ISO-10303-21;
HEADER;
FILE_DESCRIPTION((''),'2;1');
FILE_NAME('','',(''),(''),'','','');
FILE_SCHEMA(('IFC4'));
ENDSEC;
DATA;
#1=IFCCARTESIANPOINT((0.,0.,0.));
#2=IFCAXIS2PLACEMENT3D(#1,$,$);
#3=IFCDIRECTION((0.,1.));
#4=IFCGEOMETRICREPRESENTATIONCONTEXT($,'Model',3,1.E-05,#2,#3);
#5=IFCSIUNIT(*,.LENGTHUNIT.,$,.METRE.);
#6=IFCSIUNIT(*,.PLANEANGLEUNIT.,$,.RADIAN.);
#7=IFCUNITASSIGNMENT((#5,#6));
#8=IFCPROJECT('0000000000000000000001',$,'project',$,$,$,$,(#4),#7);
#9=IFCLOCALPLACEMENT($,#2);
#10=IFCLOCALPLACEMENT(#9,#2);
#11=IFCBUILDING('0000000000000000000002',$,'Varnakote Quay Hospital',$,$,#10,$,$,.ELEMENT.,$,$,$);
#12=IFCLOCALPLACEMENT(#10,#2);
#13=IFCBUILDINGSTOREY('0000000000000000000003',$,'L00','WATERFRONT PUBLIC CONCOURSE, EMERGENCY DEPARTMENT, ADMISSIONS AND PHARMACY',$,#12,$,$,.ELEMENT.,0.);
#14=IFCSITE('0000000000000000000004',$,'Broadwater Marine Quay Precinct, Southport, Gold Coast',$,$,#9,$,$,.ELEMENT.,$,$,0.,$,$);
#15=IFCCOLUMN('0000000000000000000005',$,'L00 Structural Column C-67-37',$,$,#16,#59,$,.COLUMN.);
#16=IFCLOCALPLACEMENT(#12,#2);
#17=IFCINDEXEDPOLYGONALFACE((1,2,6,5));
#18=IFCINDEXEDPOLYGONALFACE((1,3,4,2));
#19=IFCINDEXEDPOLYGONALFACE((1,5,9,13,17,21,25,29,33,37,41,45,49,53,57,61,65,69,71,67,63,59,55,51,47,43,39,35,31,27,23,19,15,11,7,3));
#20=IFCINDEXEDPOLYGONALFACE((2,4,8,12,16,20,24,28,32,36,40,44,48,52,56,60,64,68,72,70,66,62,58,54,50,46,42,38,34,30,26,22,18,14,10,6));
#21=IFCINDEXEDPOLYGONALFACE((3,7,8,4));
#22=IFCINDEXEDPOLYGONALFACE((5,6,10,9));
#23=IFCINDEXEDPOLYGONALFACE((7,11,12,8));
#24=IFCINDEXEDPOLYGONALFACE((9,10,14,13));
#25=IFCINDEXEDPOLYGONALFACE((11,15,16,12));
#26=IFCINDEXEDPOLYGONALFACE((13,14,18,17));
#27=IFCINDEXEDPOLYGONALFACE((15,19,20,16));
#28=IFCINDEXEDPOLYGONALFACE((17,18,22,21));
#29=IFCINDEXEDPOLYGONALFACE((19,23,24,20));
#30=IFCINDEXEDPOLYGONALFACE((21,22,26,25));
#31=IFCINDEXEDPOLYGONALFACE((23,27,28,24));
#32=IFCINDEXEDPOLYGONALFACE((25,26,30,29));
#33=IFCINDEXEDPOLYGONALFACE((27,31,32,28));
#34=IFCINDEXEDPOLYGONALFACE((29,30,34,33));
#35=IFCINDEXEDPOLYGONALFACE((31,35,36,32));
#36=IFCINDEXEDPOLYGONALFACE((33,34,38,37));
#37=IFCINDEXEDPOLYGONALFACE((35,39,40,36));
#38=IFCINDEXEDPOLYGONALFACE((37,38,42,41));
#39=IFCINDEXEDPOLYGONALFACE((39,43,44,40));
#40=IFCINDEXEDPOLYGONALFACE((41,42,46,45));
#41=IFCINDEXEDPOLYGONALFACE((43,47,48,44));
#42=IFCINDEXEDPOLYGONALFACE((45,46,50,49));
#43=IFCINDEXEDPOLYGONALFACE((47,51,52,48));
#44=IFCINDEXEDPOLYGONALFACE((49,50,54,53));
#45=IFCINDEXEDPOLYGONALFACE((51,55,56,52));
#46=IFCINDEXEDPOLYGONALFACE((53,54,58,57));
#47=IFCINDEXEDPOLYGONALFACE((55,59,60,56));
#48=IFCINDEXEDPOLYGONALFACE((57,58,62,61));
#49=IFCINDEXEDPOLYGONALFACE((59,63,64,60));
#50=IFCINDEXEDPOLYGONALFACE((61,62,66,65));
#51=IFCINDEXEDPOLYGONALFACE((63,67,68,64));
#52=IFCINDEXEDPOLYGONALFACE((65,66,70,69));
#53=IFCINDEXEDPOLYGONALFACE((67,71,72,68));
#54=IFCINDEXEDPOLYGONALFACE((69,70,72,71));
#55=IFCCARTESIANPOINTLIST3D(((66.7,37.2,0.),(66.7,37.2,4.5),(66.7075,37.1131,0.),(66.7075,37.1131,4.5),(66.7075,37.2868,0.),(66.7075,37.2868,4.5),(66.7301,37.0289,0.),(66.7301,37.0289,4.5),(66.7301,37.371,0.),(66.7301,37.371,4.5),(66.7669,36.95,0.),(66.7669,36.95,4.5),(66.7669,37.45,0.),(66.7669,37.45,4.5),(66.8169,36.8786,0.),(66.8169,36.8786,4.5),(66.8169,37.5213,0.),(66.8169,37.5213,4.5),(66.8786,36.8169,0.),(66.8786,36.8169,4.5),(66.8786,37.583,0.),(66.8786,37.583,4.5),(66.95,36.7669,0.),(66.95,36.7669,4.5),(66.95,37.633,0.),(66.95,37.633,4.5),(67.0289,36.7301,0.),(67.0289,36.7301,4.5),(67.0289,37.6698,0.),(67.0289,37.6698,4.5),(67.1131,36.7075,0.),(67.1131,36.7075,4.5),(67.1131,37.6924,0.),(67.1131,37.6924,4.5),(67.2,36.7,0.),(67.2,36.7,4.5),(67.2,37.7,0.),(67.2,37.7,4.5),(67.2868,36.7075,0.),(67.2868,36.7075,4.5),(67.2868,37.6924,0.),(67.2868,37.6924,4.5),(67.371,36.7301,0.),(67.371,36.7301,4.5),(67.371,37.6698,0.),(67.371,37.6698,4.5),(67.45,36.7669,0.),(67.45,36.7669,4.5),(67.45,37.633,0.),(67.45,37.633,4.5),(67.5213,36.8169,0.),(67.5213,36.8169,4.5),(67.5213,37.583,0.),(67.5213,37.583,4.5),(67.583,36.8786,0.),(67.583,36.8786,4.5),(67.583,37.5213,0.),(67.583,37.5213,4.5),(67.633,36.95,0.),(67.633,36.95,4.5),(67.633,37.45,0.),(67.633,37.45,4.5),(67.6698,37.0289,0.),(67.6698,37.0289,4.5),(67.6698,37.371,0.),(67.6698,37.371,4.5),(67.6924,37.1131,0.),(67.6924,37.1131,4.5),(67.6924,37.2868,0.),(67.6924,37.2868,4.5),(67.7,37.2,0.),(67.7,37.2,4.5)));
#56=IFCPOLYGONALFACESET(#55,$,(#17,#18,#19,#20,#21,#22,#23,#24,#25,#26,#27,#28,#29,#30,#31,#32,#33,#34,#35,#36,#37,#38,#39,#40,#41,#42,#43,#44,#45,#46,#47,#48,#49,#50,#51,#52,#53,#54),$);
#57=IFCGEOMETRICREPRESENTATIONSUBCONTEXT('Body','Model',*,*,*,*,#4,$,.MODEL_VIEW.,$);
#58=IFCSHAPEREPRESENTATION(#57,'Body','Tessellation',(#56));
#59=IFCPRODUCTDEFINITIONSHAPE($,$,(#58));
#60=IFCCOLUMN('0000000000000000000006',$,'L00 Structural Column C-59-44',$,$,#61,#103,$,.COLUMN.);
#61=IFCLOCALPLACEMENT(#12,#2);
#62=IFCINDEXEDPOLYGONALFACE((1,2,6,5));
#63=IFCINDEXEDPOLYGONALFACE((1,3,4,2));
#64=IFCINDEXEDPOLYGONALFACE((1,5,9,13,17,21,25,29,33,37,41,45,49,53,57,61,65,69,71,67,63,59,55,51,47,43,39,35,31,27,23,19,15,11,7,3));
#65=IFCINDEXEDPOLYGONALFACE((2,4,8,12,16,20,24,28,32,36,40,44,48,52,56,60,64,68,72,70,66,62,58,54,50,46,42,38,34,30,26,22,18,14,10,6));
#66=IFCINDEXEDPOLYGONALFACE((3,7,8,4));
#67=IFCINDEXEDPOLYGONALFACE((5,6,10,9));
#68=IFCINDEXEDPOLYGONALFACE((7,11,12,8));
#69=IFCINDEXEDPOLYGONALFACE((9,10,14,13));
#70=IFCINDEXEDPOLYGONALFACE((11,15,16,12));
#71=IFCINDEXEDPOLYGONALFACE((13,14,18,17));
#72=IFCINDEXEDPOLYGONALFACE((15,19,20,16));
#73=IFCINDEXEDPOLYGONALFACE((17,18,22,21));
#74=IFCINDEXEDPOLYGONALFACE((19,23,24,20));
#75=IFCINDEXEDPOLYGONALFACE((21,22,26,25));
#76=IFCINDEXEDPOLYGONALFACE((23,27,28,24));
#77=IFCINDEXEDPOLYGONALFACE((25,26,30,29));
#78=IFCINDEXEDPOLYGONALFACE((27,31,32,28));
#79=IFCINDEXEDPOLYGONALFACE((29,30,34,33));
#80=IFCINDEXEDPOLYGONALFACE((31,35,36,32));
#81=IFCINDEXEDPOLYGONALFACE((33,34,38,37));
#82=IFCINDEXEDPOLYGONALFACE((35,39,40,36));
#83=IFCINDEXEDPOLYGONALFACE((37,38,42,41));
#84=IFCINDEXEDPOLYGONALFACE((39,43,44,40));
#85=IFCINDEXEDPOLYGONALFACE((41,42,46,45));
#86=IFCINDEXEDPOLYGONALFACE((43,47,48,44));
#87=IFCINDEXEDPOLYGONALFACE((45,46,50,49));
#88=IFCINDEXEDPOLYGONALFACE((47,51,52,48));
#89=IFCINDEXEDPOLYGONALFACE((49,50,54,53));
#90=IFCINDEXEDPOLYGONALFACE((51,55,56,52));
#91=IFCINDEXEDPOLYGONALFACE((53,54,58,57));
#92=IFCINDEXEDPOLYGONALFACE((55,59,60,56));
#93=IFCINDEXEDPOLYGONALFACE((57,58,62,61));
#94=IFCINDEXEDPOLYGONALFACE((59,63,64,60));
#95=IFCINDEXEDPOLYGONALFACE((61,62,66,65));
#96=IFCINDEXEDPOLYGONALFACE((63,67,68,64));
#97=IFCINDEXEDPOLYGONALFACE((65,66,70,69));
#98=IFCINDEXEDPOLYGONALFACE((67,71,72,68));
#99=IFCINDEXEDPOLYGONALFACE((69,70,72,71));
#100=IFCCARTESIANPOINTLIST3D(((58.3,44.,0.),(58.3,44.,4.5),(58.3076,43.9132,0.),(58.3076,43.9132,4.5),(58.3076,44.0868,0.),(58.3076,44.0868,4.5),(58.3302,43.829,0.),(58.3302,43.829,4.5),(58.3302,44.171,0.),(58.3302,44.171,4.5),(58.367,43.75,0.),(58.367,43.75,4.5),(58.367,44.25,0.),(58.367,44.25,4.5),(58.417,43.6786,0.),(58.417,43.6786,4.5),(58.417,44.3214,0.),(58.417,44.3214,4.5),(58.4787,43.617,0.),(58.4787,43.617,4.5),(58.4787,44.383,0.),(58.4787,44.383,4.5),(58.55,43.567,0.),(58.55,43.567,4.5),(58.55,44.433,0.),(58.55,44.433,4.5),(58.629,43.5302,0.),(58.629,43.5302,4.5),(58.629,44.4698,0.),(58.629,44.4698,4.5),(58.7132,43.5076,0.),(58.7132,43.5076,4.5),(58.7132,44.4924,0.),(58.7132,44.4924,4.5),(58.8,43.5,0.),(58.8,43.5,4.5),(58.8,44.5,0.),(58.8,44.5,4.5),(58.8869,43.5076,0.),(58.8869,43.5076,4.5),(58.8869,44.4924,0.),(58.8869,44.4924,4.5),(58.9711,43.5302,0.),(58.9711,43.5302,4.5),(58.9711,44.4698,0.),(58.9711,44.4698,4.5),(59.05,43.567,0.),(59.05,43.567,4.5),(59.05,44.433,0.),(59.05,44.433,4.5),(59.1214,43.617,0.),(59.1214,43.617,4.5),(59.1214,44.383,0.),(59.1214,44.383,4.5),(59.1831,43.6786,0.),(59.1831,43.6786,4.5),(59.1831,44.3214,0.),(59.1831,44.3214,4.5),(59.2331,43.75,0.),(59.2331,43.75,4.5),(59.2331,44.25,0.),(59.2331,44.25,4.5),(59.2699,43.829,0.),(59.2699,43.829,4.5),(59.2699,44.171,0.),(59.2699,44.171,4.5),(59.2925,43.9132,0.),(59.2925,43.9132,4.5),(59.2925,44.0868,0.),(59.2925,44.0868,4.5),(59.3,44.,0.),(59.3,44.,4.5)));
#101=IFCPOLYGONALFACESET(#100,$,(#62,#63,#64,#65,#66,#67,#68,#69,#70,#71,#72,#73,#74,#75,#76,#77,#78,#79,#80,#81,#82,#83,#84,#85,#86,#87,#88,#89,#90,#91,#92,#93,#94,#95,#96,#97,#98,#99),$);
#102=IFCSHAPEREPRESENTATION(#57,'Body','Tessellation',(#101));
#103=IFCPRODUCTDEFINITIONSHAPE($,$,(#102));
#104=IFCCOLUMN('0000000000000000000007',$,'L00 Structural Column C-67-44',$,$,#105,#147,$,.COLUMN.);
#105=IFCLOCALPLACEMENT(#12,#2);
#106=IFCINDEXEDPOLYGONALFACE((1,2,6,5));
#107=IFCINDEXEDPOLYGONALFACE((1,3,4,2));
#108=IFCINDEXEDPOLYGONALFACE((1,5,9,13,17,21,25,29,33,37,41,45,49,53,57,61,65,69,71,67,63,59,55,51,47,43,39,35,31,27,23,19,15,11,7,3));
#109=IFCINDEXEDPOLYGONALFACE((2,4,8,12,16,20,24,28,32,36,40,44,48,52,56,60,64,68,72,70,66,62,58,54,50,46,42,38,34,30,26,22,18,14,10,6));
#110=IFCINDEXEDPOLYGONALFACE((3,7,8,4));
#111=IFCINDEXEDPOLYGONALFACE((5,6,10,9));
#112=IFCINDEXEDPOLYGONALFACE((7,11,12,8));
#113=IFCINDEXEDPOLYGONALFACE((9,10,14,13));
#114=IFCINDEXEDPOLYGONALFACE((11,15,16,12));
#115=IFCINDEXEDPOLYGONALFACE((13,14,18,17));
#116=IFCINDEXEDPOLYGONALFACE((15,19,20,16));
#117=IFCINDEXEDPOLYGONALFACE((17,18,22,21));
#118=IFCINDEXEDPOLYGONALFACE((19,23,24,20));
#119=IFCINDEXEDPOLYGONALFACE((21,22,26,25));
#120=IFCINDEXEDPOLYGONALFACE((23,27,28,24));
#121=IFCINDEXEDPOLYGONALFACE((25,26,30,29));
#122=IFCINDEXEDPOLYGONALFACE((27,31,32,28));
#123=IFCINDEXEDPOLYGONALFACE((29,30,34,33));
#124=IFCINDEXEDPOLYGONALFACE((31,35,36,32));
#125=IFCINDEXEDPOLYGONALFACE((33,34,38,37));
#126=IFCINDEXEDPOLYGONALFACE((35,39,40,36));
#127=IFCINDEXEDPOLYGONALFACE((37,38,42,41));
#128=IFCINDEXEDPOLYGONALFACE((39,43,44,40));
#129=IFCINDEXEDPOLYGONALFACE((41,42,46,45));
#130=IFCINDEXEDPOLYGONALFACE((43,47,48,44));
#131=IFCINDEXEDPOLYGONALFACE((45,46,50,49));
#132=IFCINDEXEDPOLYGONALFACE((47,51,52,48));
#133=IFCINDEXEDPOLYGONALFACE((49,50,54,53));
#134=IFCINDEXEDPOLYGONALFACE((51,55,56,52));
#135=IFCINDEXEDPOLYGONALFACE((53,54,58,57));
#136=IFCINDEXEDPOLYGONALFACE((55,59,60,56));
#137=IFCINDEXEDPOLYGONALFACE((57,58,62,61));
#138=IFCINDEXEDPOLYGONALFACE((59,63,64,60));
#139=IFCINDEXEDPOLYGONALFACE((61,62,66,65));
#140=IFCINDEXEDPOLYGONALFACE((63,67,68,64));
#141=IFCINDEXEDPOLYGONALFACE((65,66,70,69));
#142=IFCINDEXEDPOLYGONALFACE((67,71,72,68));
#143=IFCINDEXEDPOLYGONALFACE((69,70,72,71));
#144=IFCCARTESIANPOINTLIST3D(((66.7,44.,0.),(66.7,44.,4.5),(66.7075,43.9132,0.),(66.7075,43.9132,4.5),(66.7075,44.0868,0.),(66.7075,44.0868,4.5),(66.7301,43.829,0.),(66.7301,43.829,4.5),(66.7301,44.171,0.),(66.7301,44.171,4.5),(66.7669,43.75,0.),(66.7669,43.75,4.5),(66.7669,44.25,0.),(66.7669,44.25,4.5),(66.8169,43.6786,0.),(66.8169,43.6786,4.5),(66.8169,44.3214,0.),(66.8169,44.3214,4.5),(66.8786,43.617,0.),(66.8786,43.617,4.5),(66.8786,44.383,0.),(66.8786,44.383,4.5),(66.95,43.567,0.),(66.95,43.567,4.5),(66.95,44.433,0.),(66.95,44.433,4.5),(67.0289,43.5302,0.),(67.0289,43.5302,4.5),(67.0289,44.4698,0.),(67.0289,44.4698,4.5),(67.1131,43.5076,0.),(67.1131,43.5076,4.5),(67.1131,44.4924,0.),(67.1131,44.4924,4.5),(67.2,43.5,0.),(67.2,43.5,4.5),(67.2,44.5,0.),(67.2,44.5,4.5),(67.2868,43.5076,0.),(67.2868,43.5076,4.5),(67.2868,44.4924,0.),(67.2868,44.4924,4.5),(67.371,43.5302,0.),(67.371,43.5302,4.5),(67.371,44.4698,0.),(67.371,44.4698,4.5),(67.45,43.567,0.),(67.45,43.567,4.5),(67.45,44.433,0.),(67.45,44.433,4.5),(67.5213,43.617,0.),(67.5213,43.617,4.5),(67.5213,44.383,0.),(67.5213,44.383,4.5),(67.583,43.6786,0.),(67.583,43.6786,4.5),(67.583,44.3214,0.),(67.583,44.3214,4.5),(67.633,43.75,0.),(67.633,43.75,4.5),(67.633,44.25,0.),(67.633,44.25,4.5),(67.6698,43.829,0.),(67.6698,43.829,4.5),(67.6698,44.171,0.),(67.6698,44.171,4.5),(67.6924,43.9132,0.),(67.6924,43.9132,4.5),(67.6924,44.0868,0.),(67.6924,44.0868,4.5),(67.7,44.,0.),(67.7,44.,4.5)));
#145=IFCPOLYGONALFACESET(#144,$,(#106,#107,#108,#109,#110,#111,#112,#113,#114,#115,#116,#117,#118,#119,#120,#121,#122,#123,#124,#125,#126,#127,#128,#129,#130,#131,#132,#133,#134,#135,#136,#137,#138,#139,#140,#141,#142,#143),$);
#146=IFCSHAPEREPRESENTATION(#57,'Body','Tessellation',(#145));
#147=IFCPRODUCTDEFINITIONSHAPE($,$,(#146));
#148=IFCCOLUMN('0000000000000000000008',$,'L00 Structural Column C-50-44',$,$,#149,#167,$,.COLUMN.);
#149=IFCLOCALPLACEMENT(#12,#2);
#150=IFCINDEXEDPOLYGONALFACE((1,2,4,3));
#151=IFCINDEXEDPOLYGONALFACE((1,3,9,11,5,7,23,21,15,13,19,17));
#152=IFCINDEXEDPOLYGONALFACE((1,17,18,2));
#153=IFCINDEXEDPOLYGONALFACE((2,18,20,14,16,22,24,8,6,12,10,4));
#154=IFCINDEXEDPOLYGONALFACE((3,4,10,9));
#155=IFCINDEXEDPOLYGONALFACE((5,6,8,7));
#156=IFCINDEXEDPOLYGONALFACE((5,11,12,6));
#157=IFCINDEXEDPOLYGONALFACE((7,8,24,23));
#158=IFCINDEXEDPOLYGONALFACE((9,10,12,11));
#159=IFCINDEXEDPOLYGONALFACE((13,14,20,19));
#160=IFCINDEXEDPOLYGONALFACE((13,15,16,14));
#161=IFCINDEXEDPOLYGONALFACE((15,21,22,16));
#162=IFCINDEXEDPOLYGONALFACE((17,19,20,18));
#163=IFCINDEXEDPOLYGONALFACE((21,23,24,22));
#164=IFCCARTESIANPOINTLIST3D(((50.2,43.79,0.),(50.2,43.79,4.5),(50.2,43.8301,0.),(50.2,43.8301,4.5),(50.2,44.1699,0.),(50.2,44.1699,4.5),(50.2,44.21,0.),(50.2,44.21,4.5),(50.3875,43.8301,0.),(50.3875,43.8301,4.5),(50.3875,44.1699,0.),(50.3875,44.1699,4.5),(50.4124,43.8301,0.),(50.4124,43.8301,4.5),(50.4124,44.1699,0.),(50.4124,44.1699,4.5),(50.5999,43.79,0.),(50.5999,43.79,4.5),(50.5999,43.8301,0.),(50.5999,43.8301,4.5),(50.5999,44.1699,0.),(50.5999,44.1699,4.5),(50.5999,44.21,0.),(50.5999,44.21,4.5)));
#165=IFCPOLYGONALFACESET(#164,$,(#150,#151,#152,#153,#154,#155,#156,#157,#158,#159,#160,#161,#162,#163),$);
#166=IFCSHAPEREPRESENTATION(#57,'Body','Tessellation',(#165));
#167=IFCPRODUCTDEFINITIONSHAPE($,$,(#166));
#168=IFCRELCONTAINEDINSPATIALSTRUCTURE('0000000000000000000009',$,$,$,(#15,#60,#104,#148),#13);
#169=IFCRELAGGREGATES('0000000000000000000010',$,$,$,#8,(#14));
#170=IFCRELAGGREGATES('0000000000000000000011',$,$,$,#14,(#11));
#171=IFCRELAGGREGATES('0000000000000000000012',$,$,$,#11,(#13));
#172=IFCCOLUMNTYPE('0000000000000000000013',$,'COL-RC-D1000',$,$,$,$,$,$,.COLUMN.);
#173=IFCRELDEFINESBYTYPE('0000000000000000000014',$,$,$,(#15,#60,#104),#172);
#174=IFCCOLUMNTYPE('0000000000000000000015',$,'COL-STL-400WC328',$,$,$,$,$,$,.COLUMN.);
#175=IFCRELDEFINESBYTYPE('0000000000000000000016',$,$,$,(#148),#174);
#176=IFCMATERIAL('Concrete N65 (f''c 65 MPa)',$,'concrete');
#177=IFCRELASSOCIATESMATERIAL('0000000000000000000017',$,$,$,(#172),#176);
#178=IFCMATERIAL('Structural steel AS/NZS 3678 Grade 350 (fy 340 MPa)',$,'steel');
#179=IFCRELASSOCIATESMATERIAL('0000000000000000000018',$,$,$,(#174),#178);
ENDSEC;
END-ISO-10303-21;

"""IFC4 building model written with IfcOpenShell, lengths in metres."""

from ifc_helpers import new_model, si_unit, direction, frame, origin, origin_2d, place, context, subcontext, project, spatial, circle, i_section, extrude, material, material_profile, profile_set, type_object, element, save


model = new_model("IFC4")

# Units and contexts
model_context = context("Model", 3, precision=1e-05, world=origin(), true_north=direction((0.0, 1.0)))
body_context = subcontext(model_context, "Body", "Model", "MODEL_VIEW")
ifc_project = project(units=[si_unit("LENGTHUNIT", "METRE"), si_unit("PLANEANGLEUNIT", "RADIAN")], contexts=[model_context])

# Site, building, storey
site_placement = place(None, origin())
site = spatial("IfcSite", under=ifc_project, at=site_placement, Name="Broadwater Marine Quay Precinct, Southport, Gold Coast", CompositionType="ELEMENT", RefElevation=0.0)
building_placement = place(site_placement, origin())
building = spatial("IfcBuilding", under=site, at=building_placement, Name="Varnakote Quay Hospital", CompositionType="ELEMENT")
storey_placement = place(building_placement, origin())
storey = spatial("IfcBuildingStorey", under=building, at=storey_placement, Name="L00", Description="WATERFRONT PUBLIC CONCOURSE, EMERGENCY DEPARTMENT, ADMISSIONS AND PHARMACY", CompositionType="ELEMENT", Elevation=0.0)

# Columns
ifc_material_1 = material(Name="Concrete N65 (f'c 65 MPa)", Category="concrete")
ifc_material_profile_1 = material_profile(ifc_material_1, circle(Radius=0.5, at=origin_2d()), Name="RC-COL-D1000")
ifc_profile_set_1 = profile_set([ifc_material_profile_1], Name="Concrete N65 (f'c 65 MPa)")
column_type_1 = type_object("IfcColumnType", Name="COL-RC-D1000", PredefinedType="COLUMN", material=ifc_profile_set_1)
for number, where, z_axis, x_axis, name in (
    (1, (67.2, 37.2, 0.0), (0.0, 0.0, 1.0), (1.0, 0.0, 0.0), "L00 Structural Column C-67-37"),
    (2, (58.8, 44.0, 0.0), (0.0, 0.0, 1.0), (1.0, 0.0, 0.0), "L00 Structural Column C-59-44"),
    (3, (67.2, 44.0, 0.0), (0.0, 0.0, 1.0), (1.0, 0.0, 0.0), "L00 Structural Column C-67-44"),
):
    element("IfcColumn", number, at=place(storey_placement, frame(where, z_axis=z_axis, x_axis=x_axis)), inside=storey, type_object=column_type_1, Name=name, PredefinedType="COLUMN", context=body_context, shape_type="SweptSolid", body=[
        extrude(circle(Radius=0.5, at=origin_2d()), origin(), (0.0, 0.0, 1.0), 4.5),
    ])
ifc_material_2 = material(Name="Structural steel AS/NZS 3678 Grade 350 (fy 340 MPa)", Category="steel")
ifc_material_profile_2 = material_profile(ifc_material_2, i_section(OverallWidth=0.3999, OverallDepth=0.4199, WebThickness=0.0249, FlangeThickness=0.04, at=origin_2d()), Name="400WC328")
ifc_profile_set_2 = profile_set([ifc_material_profile_2], Name="Structural steel AS/NZS 3678 Grade 350 (fy 340 MPa)")
column_type_2 = type_object("IfcColumnType", Name="COL-STL-400WC328", PredefinedType="COLUMN", material=ifc_profile_set_2)
column_placement = place(storey_placement, frame((50.3999, 44.0, 0.0), z_axis=(0.0, 0.0, 1.0), x_axis=(1.0, 0.0, 0.0)))
element("IfcColumn", 4, at=column_placement, inside=storey, type_object=column_type_2, Name="L00 Structural Column C-50-44", PredefinedType="COLUMN", context=body_context, shape_type="SweptSolid", body=[
    extrude(i_section(OverallWidth=0.3999, OverallDepth=0.4199, WebThickness=0.0249, FlangeThickness=0.04, at=origin_2d()), origin(), (0.0, 0.0, 1.0), 4.5),
])

save(model, "model.ifc")
